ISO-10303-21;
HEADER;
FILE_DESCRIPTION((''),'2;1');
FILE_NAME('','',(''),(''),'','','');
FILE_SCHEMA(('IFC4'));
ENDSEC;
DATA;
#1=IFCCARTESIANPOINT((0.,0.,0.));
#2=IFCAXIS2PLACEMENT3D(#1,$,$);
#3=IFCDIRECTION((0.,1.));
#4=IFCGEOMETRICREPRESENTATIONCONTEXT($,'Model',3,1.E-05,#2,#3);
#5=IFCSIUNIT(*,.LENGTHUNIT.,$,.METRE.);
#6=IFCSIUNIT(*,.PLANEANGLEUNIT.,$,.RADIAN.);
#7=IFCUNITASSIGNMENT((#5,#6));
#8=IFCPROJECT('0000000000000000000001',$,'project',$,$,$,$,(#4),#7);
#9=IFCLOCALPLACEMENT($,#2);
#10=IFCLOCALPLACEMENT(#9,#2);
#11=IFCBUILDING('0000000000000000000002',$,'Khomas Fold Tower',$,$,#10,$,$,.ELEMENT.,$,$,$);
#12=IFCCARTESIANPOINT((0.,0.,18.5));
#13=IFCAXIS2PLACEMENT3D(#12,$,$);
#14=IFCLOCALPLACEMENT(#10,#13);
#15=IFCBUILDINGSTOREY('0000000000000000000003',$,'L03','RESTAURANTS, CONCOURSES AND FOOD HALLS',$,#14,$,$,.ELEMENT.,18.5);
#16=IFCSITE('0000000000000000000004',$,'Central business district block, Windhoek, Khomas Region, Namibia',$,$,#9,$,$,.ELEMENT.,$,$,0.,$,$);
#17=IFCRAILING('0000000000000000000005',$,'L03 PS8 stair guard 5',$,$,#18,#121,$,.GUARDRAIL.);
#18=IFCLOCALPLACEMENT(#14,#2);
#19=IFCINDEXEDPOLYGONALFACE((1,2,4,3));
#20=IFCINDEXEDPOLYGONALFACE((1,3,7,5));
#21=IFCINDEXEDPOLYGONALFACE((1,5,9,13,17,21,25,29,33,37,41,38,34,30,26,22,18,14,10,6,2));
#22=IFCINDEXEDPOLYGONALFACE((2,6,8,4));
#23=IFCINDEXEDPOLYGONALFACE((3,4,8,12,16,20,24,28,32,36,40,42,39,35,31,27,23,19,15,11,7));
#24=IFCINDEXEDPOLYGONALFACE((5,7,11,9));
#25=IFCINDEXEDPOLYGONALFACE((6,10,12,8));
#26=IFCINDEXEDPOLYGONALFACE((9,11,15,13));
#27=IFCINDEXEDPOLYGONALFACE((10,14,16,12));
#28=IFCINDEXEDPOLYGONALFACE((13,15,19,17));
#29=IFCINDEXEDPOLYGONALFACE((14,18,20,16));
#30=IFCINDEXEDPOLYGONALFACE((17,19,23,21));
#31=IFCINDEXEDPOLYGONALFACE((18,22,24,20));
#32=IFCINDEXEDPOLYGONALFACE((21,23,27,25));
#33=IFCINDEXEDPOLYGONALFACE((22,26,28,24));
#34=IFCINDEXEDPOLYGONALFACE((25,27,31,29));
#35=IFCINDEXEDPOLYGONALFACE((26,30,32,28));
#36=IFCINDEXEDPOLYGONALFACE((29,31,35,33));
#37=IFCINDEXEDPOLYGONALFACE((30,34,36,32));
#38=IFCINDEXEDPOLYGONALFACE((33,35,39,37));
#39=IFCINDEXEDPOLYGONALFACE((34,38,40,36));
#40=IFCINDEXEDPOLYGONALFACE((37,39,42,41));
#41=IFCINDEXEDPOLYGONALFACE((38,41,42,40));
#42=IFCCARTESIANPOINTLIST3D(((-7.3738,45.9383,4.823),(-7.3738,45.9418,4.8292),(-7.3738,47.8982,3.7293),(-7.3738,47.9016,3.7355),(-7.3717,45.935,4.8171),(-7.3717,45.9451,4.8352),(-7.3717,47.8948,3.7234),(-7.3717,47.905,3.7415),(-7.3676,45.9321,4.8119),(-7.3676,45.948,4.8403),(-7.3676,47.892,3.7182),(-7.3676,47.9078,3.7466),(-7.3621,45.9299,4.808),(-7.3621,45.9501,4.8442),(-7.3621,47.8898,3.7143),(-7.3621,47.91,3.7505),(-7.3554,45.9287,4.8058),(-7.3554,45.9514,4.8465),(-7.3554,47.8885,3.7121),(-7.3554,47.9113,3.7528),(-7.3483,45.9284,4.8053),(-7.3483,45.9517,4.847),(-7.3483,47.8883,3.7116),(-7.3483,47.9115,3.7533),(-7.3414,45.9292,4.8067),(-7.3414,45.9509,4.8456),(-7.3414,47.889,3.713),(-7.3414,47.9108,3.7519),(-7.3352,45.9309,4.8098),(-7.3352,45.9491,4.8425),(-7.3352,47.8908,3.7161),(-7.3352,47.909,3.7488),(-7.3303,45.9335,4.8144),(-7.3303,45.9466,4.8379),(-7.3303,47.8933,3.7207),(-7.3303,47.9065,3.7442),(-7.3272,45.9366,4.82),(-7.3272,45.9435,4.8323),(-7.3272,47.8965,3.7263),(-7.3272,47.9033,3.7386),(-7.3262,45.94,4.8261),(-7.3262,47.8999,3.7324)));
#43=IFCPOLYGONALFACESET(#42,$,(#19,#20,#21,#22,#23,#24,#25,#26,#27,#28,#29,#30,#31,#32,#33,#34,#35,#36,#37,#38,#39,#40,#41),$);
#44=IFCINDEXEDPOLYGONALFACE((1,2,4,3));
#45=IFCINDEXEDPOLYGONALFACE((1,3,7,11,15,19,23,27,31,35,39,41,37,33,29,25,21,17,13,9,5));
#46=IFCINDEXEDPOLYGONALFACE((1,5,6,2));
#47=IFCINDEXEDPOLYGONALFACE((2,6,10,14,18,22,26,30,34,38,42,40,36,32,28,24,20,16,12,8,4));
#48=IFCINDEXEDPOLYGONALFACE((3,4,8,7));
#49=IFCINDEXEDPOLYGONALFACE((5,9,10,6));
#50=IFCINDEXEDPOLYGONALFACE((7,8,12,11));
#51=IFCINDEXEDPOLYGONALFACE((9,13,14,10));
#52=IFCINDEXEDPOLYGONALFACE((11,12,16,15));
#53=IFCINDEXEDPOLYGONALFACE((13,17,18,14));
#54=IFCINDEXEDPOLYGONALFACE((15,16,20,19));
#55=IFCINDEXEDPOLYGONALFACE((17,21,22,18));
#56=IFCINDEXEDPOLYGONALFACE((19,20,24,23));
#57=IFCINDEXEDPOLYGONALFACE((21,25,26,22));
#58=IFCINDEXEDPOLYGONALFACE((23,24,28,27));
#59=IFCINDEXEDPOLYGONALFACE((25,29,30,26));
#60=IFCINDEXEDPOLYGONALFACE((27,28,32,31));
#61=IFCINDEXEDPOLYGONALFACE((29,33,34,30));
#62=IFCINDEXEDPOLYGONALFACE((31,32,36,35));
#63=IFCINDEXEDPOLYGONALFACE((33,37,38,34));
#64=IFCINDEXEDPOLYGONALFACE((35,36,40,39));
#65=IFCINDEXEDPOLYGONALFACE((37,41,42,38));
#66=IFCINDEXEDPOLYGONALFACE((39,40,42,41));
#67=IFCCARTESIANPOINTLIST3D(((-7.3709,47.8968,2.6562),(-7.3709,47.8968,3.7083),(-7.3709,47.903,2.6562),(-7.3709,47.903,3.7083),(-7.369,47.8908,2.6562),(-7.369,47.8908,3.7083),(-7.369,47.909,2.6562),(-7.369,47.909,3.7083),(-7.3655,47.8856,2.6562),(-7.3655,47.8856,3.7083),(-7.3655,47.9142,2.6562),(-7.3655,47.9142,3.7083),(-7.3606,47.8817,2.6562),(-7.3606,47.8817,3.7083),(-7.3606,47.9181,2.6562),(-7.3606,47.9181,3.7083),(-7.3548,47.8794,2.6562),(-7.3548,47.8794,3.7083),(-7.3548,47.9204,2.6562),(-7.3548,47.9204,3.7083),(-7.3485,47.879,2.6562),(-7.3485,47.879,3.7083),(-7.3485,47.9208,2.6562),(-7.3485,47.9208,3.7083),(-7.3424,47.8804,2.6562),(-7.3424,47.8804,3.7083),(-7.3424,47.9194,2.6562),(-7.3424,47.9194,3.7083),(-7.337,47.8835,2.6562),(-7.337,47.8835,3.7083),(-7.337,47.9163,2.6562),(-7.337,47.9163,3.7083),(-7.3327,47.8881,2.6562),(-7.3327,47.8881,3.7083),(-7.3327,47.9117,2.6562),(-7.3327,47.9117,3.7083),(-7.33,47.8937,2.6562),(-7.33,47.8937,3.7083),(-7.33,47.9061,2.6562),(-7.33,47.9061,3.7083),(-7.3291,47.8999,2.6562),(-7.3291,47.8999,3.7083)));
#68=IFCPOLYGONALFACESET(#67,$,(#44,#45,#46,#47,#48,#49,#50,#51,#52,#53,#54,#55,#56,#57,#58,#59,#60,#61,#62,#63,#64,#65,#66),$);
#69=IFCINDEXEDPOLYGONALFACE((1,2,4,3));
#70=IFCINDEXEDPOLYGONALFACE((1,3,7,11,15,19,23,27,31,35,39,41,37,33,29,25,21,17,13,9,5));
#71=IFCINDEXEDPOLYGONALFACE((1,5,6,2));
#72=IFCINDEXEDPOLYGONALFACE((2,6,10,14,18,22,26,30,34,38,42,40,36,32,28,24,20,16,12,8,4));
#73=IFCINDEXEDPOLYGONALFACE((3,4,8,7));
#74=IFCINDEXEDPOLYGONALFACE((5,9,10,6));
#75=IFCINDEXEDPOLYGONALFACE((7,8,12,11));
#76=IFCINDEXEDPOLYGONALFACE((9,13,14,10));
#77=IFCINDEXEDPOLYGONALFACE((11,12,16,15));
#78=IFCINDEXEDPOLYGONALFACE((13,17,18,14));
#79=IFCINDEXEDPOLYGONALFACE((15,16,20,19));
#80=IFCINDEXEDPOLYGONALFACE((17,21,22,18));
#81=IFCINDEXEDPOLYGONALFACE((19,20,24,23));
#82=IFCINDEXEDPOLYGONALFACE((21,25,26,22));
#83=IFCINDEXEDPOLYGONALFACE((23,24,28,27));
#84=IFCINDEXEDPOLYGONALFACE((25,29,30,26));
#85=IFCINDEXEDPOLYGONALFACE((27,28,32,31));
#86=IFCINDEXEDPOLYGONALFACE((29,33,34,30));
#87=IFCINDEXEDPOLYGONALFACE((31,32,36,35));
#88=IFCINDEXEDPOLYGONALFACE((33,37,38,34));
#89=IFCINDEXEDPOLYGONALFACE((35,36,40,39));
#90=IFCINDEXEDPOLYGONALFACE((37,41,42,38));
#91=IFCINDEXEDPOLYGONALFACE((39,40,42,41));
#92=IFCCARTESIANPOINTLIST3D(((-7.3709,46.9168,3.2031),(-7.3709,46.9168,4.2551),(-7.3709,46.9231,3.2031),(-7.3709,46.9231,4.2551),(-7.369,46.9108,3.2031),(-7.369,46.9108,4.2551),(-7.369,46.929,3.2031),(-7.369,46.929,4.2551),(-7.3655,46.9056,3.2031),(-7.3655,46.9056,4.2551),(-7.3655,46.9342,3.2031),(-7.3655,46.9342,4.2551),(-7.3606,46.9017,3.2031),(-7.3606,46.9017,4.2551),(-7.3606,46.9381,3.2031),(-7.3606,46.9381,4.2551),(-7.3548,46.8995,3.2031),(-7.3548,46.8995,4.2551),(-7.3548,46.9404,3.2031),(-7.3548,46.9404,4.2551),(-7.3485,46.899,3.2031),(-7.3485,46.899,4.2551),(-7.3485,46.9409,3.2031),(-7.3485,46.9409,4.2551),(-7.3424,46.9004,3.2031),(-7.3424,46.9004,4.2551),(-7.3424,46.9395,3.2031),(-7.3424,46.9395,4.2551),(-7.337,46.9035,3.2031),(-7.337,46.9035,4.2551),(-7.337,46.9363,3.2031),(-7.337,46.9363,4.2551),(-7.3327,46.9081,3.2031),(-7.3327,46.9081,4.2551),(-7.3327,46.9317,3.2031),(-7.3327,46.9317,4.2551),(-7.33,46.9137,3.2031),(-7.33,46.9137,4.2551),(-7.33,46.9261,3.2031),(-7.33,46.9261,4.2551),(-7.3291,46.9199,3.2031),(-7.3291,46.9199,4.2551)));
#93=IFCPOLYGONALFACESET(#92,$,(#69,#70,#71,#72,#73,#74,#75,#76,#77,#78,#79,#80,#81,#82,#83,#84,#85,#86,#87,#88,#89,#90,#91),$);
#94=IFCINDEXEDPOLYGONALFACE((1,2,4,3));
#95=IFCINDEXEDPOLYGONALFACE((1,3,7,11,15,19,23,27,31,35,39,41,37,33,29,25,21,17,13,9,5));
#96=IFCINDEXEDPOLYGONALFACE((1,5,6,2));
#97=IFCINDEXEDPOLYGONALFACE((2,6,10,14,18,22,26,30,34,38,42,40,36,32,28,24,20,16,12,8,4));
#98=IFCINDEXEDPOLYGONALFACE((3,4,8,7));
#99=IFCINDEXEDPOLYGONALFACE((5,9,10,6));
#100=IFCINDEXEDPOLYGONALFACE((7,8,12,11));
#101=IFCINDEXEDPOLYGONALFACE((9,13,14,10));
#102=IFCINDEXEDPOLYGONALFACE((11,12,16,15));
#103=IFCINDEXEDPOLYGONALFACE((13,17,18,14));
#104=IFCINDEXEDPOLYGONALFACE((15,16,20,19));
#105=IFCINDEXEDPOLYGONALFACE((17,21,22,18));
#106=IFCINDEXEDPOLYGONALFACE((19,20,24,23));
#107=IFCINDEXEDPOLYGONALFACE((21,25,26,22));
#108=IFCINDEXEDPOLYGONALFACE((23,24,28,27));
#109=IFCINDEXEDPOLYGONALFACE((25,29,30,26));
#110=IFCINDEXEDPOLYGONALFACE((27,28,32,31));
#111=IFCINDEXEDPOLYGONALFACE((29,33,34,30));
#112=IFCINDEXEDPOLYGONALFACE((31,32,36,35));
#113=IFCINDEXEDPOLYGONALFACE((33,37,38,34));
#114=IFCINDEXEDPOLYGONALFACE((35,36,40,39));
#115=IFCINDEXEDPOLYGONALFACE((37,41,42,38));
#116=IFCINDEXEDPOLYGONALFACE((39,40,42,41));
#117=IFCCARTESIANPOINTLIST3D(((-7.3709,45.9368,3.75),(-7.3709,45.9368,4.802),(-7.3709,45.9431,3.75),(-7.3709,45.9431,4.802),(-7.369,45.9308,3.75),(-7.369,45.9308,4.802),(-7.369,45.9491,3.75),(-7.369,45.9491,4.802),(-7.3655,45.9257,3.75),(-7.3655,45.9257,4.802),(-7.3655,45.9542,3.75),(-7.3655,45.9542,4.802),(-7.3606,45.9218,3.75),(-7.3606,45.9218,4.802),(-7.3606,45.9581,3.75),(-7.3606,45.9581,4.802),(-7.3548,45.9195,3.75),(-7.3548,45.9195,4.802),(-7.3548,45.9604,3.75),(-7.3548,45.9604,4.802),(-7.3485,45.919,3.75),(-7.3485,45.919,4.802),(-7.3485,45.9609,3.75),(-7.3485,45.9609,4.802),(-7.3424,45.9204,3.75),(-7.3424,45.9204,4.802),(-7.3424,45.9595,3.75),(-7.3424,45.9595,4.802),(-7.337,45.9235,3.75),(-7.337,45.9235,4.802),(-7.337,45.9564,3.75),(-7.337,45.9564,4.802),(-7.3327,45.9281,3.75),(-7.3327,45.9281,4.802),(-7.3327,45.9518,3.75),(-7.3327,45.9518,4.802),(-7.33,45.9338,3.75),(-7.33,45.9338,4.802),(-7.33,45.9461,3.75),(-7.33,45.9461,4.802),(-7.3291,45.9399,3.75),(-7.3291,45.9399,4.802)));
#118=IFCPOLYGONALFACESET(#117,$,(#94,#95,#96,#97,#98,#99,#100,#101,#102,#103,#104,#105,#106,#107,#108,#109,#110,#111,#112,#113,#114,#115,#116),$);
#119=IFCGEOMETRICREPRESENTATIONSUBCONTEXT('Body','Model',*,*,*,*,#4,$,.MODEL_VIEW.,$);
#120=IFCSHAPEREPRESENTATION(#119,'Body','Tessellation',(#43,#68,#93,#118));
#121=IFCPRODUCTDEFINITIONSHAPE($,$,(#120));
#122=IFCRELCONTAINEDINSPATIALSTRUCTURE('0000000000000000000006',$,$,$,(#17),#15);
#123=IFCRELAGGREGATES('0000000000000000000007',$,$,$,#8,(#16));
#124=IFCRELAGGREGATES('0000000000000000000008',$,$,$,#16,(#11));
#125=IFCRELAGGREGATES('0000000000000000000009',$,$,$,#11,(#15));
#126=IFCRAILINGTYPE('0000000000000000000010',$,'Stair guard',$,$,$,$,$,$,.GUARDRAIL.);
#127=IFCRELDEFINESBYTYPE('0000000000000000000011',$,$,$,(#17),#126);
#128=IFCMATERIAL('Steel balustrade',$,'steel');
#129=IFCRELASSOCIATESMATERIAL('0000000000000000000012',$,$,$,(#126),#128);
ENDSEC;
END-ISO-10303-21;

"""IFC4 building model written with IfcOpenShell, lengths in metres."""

from ifc_helpers import new_model, si_unit, direction, frame, origin, origin_2d, place, context, subcontext, project, spatial, circle, extrude, source, transform, mapped, material, type_object, element, save


model = new_model("IFC4")

# Units and contexts
model_context = context("Model", 3, precision=1e-05, world=origin(), true_north=direction((0.0, 1.0)))
body_context = subcontext(model_context, "Body", "Model", "MODEL_VIEW")
ifc_project = project(units=[si_unit("LENGTHUNIT", "METRE"), si_unit("PLANEANGLEUNIT", "RADIAN")], contexts=[model_context])

# Site, building, storey
site_placement = place(None, origin())
site = spatial("IfcSite", under=ifc_project, at=site_placement, Name="Central business district block, Windhoek, Khomas Region, Namibia", CompositionType="ELEMENT", RefElevation=0.0)
building_placement = place(site_placement, origin())
building = spatial("IfcBuilding", under=site, at=building_placement, Name="Khomas Fold Tower", CompositionType="ELEMENT")
storey_placement = place(building_placement, frame((0.0, 0.0, 18.5)))
storey = spatial("IfcBuildingStorey", under=building, at=storey_placement, Name="L03", Description="RESTAURANTS, CONCOURSES AND FOOD HALLS", CompositionType="ELEMENT", Elevation=18.5)

# Railing
ifc_material_1 = material(Name="Steel balustrade", Category="steel")
railing_type_1 = type_object("IfcRailingType", Name="Stair guard", PredefinedType="GUARDRAIL", material=ifc_material_1)
shared_shape_1 = source(origin(), body_context, "Body", "SweptSolid", [
    extrude(circle(Radius=0.0239, at=origin_2d()), frame((0.0, 0.0, 1.0762), z_axis=(0.0, -0.873232, 0.487304), x_axis=(1.0, 0.0, 0.0)), (0.0, 0.0, 1.0), 2.2444),
    extrude(circle(Radius=0.021, at=origin_2d()), origin(), (0.0, 0.0, 1.0), 1.052),
    extrude(circle(Radius=0.021, at=origin_2d()), frame((0.0, -0.98, 0.5469)), (0.0, 0.0, 1.0), 1.052),
    extrude(circle(Radius=0.021, at=origin_2d()), frame((0.0, -1.96, 1.0938)), (0.0, 0.0, 1.0), 1.052),
])
for number, where, name in (
    (1, (-7.3501, 47.8999, 2.6562), "L03 PS8 stair guard 5"),
):
    element("IfcRailing", number, at=place(storey_placement, frame(where)), inside=storey, type_object=railing_type_1, Name=name, PredefinedType="GUARDRAIL", context=body_context, shape_type="MappedRepresentation", body=[
        mapped(shared_shape_1, transform((0.0, 0.0, 0.0))),
    ])

save(model, "model.ifc")
